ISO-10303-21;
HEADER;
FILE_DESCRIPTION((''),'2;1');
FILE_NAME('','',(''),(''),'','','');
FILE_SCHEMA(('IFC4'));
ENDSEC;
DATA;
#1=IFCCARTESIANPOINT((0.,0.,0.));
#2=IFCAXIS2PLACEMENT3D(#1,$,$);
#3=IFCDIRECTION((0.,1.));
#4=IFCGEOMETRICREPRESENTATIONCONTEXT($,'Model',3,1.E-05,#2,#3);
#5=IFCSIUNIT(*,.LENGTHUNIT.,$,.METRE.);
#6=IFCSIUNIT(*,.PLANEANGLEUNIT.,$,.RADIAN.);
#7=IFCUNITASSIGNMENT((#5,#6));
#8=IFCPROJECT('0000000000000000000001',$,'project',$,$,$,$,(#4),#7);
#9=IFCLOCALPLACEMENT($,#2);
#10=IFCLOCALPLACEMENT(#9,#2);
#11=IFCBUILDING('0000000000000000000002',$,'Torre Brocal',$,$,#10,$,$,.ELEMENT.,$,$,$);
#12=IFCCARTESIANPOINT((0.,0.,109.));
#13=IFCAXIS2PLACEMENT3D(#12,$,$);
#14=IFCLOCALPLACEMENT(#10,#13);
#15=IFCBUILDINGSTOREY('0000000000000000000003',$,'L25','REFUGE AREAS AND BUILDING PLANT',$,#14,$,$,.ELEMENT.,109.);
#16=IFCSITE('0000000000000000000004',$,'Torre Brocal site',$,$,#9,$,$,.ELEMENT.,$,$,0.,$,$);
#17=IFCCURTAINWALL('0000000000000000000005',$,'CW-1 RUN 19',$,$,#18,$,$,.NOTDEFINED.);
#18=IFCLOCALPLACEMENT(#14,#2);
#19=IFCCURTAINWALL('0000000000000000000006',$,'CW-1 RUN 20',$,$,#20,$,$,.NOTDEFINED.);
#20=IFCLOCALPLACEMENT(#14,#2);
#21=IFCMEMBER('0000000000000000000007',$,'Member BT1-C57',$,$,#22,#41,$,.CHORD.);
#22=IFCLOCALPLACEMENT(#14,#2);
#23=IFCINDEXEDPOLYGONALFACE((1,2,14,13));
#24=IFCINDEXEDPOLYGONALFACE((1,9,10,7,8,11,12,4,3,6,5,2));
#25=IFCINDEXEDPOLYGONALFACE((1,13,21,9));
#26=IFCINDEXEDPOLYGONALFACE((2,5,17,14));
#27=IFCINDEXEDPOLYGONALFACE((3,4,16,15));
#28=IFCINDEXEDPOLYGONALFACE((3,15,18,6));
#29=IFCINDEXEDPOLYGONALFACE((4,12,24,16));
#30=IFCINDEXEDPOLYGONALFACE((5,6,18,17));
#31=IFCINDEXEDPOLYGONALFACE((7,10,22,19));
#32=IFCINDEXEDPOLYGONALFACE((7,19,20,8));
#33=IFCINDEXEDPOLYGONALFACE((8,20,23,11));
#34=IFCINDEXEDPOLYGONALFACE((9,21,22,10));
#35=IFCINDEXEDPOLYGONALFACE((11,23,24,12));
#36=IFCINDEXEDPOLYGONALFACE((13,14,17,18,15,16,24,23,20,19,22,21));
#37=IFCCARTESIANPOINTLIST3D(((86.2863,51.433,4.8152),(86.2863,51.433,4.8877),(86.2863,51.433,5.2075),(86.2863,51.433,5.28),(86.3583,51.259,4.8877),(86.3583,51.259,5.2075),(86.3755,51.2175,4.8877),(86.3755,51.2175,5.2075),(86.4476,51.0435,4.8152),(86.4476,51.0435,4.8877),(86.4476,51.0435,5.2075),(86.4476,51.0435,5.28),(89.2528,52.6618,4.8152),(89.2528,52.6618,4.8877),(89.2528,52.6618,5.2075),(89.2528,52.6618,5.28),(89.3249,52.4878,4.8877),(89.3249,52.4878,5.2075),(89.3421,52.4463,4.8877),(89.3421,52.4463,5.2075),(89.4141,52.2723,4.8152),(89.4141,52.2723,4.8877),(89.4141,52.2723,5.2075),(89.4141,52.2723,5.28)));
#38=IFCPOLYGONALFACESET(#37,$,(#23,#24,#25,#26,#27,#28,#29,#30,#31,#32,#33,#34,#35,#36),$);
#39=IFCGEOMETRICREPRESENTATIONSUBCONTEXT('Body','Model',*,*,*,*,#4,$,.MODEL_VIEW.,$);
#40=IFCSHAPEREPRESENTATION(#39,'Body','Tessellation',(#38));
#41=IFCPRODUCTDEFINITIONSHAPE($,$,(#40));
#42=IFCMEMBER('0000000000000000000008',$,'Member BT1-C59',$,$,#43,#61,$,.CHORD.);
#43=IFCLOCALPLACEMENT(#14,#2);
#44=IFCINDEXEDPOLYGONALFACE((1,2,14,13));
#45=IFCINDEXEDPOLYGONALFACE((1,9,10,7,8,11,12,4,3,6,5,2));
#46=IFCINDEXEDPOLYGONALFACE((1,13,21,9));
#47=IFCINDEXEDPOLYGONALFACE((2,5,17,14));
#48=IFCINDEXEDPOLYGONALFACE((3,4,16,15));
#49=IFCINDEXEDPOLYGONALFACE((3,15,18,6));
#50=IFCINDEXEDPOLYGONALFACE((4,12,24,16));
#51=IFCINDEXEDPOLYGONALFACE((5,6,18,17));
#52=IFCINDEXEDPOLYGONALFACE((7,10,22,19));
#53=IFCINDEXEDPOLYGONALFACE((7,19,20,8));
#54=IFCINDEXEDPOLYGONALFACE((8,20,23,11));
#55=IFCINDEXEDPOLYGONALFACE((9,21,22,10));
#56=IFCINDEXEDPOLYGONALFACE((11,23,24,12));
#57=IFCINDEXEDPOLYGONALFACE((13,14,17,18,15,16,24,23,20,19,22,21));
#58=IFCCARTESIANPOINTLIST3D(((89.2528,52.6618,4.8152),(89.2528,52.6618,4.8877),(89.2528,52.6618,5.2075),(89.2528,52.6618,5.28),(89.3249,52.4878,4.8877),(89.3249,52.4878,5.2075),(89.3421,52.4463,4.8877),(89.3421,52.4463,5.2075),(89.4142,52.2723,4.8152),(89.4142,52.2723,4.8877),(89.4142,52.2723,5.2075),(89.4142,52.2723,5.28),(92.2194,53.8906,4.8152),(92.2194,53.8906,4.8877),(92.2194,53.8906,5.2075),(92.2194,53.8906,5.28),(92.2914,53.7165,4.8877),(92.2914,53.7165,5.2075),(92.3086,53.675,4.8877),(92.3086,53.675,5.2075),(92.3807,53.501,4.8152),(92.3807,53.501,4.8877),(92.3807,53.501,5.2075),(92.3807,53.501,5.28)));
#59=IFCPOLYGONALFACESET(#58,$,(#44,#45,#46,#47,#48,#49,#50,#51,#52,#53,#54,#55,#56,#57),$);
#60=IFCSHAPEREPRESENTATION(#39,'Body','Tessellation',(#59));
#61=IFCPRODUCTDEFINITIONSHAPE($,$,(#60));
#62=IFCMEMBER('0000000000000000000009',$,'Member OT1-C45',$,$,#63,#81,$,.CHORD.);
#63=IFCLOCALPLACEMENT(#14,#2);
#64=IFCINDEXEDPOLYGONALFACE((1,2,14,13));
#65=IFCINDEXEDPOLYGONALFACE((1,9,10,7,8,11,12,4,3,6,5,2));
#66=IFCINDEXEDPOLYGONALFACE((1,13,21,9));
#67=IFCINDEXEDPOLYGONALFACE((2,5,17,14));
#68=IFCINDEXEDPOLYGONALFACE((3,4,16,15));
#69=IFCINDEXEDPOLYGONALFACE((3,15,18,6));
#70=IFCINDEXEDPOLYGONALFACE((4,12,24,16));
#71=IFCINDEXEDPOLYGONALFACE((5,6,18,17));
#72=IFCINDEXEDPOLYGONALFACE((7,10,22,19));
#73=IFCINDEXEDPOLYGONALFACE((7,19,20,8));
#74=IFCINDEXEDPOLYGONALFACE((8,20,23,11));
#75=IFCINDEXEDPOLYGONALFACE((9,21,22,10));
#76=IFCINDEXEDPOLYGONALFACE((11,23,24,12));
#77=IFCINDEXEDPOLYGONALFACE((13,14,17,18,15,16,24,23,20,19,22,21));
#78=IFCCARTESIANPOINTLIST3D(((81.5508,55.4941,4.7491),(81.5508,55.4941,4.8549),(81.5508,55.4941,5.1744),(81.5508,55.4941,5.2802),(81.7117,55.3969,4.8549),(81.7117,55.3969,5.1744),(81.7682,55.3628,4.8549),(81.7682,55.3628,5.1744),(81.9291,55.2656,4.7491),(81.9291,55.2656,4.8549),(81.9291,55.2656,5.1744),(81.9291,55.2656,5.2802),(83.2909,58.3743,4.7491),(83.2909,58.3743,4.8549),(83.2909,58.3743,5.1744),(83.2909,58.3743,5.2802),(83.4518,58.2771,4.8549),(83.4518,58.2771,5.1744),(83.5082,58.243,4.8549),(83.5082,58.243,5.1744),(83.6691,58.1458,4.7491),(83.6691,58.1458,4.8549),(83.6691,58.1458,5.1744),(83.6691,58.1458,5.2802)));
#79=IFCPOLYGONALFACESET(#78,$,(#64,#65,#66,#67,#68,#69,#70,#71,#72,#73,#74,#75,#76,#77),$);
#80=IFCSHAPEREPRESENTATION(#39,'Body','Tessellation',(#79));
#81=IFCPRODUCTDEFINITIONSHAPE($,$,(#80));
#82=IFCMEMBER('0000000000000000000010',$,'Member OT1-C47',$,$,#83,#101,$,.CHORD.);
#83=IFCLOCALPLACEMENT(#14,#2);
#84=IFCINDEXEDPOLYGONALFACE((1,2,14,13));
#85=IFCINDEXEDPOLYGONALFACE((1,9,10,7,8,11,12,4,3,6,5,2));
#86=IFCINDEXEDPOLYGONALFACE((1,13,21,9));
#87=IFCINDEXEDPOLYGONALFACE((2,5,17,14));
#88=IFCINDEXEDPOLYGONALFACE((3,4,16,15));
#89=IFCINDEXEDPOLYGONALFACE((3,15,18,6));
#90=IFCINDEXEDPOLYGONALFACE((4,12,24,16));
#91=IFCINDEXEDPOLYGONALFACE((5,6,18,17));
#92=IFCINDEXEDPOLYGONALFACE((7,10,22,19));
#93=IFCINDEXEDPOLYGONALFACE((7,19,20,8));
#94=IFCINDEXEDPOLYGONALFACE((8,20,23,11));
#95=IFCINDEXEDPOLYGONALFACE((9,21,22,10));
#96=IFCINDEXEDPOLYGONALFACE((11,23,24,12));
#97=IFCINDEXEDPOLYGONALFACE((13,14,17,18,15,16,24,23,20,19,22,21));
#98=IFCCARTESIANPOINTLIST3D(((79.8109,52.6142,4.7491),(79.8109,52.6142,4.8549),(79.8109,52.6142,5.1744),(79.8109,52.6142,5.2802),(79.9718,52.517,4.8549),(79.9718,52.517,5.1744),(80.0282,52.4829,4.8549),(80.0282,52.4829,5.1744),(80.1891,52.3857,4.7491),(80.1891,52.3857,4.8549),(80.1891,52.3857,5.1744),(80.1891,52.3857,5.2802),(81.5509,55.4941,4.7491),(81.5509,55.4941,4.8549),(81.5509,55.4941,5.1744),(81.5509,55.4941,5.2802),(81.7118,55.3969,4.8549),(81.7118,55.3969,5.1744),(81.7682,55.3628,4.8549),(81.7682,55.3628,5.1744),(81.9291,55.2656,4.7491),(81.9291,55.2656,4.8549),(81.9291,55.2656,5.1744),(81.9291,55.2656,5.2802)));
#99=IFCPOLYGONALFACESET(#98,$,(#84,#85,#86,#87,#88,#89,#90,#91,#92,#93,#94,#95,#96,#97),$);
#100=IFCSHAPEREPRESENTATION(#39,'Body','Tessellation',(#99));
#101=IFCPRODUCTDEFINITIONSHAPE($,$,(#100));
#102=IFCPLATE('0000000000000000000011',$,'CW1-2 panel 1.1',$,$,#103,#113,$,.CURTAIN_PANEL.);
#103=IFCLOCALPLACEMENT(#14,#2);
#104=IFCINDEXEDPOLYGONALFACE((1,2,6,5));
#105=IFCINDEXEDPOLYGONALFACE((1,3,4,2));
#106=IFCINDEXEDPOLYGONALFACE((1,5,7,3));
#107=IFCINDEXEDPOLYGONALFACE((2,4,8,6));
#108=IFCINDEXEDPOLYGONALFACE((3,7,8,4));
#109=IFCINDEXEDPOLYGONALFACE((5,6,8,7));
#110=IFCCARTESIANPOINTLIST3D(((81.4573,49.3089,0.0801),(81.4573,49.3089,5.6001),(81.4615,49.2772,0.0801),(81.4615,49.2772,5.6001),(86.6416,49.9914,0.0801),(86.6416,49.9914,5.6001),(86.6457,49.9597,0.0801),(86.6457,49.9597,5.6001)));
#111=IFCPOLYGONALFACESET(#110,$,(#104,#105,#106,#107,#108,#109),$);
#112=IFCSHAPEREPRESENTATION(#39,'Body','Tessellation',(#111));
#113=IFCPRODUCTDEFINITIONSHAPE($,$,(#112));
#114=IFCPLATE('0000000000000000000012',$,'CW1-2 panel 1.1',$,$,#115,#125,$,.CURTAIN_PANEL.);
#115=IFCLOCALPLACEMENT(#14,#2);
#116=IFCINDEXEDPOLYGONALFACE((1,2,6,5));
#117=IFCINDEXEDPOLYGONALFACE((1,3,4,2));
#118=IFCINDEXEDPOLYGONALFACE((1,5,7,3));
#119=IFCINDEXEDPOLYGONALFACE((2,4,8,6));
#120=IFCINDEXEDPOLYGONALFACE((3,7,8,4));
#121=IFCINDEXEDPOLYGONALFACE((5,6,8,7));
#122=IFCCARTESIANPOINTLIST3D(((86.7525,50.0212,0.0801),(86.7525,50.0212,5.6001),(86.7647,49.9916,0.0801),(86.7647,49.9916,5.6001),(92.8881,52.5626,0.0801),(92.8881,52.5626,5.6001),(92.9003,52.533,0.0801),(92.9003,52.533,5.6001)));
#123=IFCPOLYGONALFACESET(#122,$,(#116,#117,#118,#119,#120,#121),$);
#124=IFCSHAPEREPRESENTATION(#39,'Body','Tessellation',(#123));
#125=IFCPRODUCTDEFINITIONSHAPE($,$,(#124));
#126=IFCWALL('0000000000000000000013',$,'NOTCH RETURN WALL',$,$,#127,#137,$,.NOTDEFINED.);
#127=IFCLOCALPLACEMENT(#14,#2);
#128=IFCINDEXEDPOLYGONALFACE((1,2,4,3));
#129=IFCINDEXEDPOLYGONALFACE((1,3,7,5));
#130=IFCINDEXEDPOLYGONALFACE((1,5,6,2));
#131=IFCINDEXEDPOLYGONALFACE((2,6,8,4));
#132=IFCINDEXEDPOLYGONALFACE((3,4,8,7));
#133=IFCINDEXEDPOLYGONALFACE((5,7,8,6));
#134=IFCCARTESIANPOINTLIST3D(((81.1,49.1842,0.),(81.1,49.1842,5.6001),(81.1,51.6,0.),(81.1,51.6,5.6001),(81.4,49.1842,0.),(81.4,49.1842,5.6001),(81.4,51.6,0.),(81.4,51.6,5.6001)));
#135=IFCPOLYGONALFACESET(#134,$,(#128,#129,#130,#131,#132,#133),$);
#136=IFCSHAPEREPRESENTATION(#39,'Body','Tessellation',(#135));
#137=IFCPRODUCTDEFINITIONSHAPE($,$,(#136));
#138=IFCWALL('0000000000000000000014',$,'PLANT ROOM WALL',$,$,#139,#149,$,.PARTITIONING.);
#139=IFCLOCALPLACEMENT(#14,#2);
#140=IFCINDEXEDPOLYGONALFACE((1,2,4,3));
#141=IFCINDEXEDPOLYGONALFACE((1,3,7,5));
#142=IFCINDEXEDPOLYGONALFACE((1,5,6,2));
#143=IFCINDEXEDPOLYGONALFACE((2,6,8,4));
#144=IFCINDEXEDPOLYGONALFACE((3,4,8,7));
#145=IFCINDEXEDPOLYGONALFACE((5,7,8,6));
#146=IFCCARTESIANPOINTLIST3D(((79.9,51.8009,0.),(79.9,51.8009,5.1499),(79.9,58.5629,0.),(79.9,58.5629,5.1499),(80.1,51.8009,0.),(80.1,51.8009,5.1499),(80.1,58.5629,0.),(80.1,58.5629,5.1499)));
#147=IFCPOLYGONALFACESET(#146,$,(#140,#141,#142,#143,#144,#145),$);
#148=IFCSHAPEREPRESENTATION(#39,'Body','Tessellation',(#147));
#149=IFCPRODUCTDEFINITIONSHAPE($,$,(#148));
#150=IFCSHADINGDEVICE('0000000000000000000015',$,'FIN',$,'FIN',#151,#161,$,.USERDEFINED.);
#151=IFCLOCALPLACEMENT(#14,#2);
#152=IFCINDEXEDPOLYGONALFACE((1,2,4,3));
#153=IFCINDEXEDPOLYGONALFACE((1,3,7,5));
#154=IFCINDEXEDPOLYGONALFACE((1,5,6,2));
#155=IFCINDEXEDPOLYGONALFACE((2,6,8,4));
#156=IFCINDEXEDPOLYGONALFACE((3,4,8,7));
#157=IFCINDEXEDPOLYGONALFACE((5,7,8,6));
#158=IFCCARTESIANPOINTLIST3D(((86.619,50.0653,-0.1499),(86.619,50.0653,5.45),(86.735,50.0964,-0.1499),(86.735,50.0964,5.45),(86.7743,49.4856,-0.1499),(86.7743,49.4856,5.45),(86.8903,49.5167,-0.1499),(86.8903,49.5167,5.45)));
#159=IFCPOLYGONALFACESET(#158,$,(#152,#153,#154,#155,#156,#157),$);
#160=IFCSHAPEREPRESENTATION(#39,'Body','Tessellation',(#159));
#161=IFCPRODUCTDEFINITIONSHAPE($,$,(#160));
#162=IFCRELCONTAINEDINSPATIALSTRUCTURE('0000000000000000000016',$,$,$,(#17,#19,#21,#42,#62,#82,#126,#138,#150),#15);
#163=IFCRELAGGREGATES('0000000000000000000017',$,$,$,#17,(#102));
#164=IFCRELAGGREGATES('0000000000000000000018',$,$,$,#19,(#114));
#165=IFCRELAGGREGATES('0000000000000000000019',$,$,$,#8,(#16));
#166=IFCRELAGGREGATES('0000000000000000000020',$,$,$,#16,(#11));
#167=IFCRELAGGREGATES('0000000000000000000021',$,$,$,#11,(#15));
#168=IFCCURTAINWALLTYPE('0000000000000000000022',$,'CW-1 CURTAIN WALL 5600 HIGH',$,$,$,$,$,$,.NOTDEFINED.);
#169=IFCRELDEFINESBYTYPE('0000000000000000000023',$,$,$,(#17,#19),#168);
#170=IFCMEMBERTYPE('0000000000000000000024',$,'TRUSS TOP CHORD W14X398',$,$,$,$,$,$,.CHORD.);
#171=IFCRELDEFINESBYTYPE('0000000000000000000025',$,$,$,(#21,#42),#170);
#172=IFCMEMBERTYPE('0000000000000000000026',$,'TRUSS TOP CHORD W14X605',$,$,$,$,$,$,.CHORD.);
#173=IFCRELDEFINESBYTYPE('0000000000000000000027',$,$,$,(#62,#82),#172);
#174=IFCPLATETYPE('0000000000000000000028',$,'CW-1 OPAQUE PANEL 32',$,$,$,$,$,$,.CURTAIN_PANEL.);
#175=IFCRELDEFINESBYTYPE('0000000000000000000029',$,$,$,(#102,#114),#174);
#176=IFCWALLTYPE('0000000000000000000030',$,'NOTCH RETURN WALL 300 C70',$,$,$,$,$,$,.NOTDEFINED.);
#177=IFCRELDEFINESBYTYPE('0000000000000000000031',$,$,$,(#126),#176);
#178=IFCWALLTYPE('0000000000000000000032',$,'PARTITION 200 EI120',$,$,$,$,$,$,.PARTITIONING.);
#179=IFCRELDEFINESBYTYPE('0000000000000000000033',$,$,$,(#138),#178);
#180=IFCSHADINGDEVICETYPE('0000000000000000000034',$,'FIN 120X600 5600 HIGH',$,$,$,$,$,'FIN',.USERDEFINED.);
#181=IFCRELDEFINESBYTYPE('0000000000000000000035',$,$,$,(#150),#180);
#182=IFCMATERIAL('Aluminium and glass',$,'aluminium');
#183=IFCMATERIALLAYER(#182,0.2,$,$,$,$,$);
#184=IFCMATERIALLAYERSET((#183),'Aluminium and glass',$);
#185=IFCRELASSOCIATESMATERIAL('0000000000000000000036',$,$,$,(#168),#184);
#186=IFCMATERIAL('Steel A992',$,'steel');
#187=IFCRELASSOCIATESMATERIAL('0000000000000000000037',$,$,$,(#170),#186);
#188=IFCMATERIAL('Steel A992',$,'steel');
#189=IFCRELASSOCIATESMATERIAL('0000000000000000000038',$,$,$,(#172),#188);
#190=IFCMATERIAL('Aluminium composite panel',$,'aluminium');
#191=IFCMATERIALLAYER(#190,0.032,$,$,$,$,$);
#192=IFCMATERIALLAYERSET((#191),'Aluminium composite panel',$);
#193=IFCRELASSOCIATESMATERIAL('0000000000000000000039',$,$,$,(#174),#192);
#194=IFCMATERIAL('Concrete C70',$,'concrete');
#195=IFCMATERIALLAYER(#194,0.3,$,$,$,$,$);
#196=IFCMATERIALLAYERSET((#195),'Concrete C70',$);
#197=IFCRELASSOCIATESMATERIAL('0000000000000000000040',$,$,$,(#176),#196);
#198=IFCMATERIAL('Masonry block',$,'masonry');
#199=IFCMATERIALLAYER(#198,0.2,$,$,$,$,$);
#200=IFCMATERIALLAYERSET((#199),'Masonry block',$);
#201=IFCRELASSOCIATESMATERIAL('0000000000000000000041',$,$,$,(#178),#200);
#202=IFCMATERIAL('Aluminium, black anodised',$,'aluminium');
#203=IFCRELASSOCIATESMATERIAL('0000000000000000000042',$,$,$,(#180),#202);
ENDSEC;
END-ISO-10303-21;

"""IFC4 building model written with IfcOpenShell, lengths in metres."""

from ifc_helpers import new_model, si_unit, direction, frame, frame_2d, origin, origin_2d, place, context, subcontext, project, spatial, rectangle, i_section, extrude, material, layer, layer_set, material_profile, profile_set, type_object, element, aggregate, save


model = new_model("IFC4")

# Units and contexts
model_context = context("Model", 3, precision=1e-05, world=origin(), true_north=direction((0.0, 1.0)))
body_context = subcontext(model_context, "Body", "Model", "MODEL_VIEW")
ifc_project = project(units=[si_unit("LENGTHUNIT", "METRE"), si_unit("PLANEANGLEUNIT", "RADIAN")], contexts=[model_context])

# Site, building, storey
site_placement = place(None, origin())
site = spatial("IfcSite", under=ifc_project, at=site_placement, Name="Torre Brocal site", CompositionType="ELEMENT", RefElevation=0.0)
building_placement = place(site_placement, origin())
building = spatial("IfcBuilding", under=site, at=building_placement, Name="Torre Brocal", CompositionType="ELEMENT")
storey_placement = place(building_placement, frame((0.0, 0.0, 109.0)))
storey = spatial("IfcBuildingStorey", under=building, at=storey_placement, Name="L25", Description="REFUGE AREAS AND BUILDING PLANT", CompositionType="ELEMENT", Elevation=109.0)

# Curtain wall
ifc_material_1 = material(Name="Aluminium and glass", Category="aluminium")
ifc_layer_1 = layer(ifc_material_1, 0.2)
ifc_layer_set_1 = layer_set([ifc_layer_1], Name="Aluminium and glass")
curtain_wall_type = type_object("IfcCurtainWallType", Name="CW-1 CURTAIN WALL 5600 HIGH", PredefinedType="NOTDEFINED", material=ifc_layer_set_1)
curtain_wall_1_placement = place(storey_placement, origin())
curtain_wall_1 = element("IfcCurtainWall", 1, at=curtain_wall_1_placement, inside=storey, type_object=curtain_wall_type, Name="CW-1 RUN 19", PredefinedType="NOTDEFINED")

# Curtain wall
curtain_wall_2_placement = place(storey_placement, origin())
curtain_wall_2 = element("IfcCurtainWall", 2, at=curtain_wall_2_placement, inside=storey, type_object=curtain_wall_type, Name="CW-1 RUN 20", PredefinedType="NOTDEFINED")

# Members
ifc_material_2 = material(Name="Steel A992", Category="steel")
ifc_material_profile_1 = material_profile(ifc_material_2, i_section(OverallWidth=0.4216, OverallDepth=0.4648, WebThickness=0.0449, FlangeThickness=0.0725, at=origin_2d()), Name="W14X398")
ifc_profile_set_1 = profile_set([ifc_material_profile_1], Name="Steel A992")
member_type_1 = type_object("IfcMemberType", Name="TRUSS TOP CHORD W14X398", PredefinedType="CHORD", material=ifc_profile_set_1)
for number, where, z_axis, x_axis, name in (
    (3, (86.3669, 51.2383, 5.0476), (0.923882, 0.382676, 0.0), (-0.382676, 0.923882, 0.0), "Member BT1-C57"),
    (4, (89.3335, 52.467, 5.0476), (0.923882, 0.382676, 0.0), (-0.382676, 0.923882, 0.0), "Member BT1-C59"),
):
    element("IfcMember", number, at=place(storey_placement, frame(where, z_axis=z_axis, x_axis=x_axis)), inside=storey, type_object=member_type_1, Name=name, PredefinedType="CHORD", context=body_context, shape_type="SweptSolid", body=[
        extrude(i_section(OverallWidth=0.4216, OverallDepth=0.4648, WebThickness=0.0449, FlangeThickness=0.0725, at=origin_2d()), origin(), (0.0, 0.0, 1.0), 3.2109),
    ])
ifc_material_3 = material(Name="Steel A992", Category="steel")
ifc_material_profile_2 = material_profile(ifc_material_3, i_section(OverallWidth=0.4419, OverallDepth=0.531, WebThickness=0.0659, FlangeThickness=0.1057, at=origin_2d()), Name="W14X605")
ifc_profile_set_2 = profile_set([ifc_material_profile_2], Name="Steel A992")
member_type_2 = type_object("IfcMemberType", Name="TRUSS TOP CHORD W14X605", PredefinedType="CHORD", material=ifc_profile_set_2)
member_1_placement = place(storey_placement, frame((83.48, 58.26, 5.0146), z_axis=(-0.517097, -0.855927, 0.0), x_axis=(0.855927, -0.517097, 0.0)))
element("IfcMember", 5, at=member_1_placement, inside=storey, type_object=member_type_2, Name="Member OT1-C45", PredefinedType="CHORD", context=body_context, shape_type="SweptSolid", body=[
    extrude(i_section(OverallWidth=0.4419, OverallDepth=0.531, WebThickness=0.0659, FlangeThickness=0.1057, at=origin_2d()), origin(), (0.0, 0.0, 1.0), 3.365),
])
member_2_placement = place(storey_placement, frame((81.74, 55.3799, 5.0146), z_axis=(-0.517129, -0.855908, 0.0), x_axis=(0.855908, -0.517129, 0.0)))
element("IfcMember", 6, at=member_2_placement, inside=storey, type_object=member_type_2, Name="Member OT1-C47", PredefinedType="CHORD", context=body_context, shape_type="SweptSolid", body=[
    extrude(i_section(OverallWidth=0.4419, OverallDepth=0.531, WebThickness=0.0659, FlangeThickness=0.1057, at=origin_2d()), origin(), (0.0, 0.0, 1.0), 3.3647),
])

# Plates
ifc_material_4 = material(Name="Aluminium composite panel", Category="aluminium")
ifc_layer_2 = layer(ifc_material_4, 0.032)
ifc_layer_set_2 = layer_set([ifc_layer_2], Name="Aluminium composite panel")
plate_type = type_object("IfcPlateType", Name="CW-1 OPAQUE PANEL 32", PredefinedType="CURTAIN_PANEL", material=ifc_layer_set_2)
plate_1_placement = place(storey_placement, frame((84.0515, 49.6343, 0.0801), z_axis=(0.0, 0.0, 1.0), x_axis=(0.991445, 0.130526, 0.0)))
plate_1 = element("IfcPlate", 7, at=plate_1_placement, type_object=plate_type, Name="CW1-2 panel 1.1", PredefinedType="CURTAIN_PANEL", context=body_context, shape_type="SweptSolid", body=[
    extrude(rectangle(XDim=5.229, YDim=0.032, at=origin_2d()), origin(), (0.0, 0.0, 1.0), 5.52),
])
aggregate(curtain_wall_1, [plate_1])
plate_2_placement = place(storey_placement, frame((89.8264, 51.2771, 0.0801), z_axis=(0.0, 0.0, 1.0), x_axis=(0.92388, 0.382683, 0.0)))
plate_2 = element("IfcPlate", 8, at=plate_2_placement, type_object=plate_type, Name="CW1-2 panel 1.1", PredefinedType="CURTAIN_PANEL", context=body_context, shape_type="SweptSolid", body=[
    extrude(rectangle(XDim=6.6411, YDim=0.032, at=origin_2d()), origin(), (0.0, 0.0, 1.0), 5.52),
])
aggregate(curtain_wall_2, [plate_2])

# Walls
ifc_material_5 = material(Name="Concrete C70", Category="concrete")
ifc_layer_3 = layer(ifc_material_5, 0.3)
ifc_layer_set_3 = layer_set([ifc_layer_3], Name="Concrete C70")
wall_type_1 = type_object("IfcWallType", Name="NOTCH RETURN WALL 300 C70", PredefinedType="NOTDEFINED", material=ifc_layer_set_3)
wall_1_placement = place(storey_placement, frame((81.25, 51.6001, 0.0), z_axis=(0.0, 0.0, 1.0), x_axis=(0.0, -1.0, 0.0)))
element("IfcWall", 9, at=wall_1_placement, inside=storey, type_object=wall_type_1, Name="NOTCH RETURN WALL", PredefinedType="NOTDEFINED", context=body_context, shape_type="SweptSolid", body=[
    extrude(rectangle(XDim=2.4158, YDim=0.3, at=frame_2d((1.208, 0.0))), origin(), (0.0, 0.0, 1.0), 5.6001),
])
ifc_material_6 = material(Name="Masonry block", Category="masonry")
ifc_layer_4 = layer(ifc_material_6, 0.2)
ifc_layer_set_4 = layer_set([ifc_layer_4], Name="Masonry block")
wall_type_2 = type_object("IfcWallType", Name="PARTITION 200 EI120", PredefinedType="PARTITIONING", material=ifc_layer_set_4)
wall_2_placement = place(storey_placement, frame((80.0, 51.801, 0.0), z_axis=(0.0, 0.0, 1.0), x_axis=(0.0, 1.0, 0.0)))
element("IfcWall", 10, at=wall_2_placement, inside=storey, type_object=wall_type_2, Name="PLANT ROOM WALL", PredefinedType="PARTITIONING", context=body_context, shape_type="SweptSolid", body=[
    extrude(rectangle(XDim=6.762, YDim=0.2, at=frame_2d((3.3809, 0.0))), origin(), (0.0, 0.0, 1.0), 5.1499),
])

# Shading device
ifc_material_7 = material(Name="Aluminium, black anodised", Category="aluminium")
ifc_material_profile_3 = material_profile(ifc_material_7, rectangle(XDim=0.1201, YDim=0.6001, at=origin_2d()), Name="FIN 120X600 5600 HIGH")
ifc_profile_set_3 = profile_set([ifc_material_profile_3], Name="Aluminium, black anodised")
shading_device_type = type_object("IfcShadingDeviceType", Name="FIN 120X600 5600 HIGH", ElementType="FIN", PredefinedType="USERDEFINED", material=ifc_profile_set_3)
shading_device_placement = place(storey_placement, frame((86.7546, 49.791, -0.1499), z_axis=(0.0, 0.0, 1.0), x_axis=(0.965926, 0.258819, 0.0)))
element("IfcShadingDevice", 11, at=shading_device_placement, inside=storey, type_object=shading_device_type, Name="FIN", ObjectType="FIN", PredefinedType="USERDEFINED", context=body_context, shape_type="SweptSolid", body=[
    extrude(rectangle(XDim=0.1201, YDim=0.6001, at=origin_2d()), origin(), (0.0, 0.0, 1.0), 5.5999),
])

save(model, "model.ifc")
